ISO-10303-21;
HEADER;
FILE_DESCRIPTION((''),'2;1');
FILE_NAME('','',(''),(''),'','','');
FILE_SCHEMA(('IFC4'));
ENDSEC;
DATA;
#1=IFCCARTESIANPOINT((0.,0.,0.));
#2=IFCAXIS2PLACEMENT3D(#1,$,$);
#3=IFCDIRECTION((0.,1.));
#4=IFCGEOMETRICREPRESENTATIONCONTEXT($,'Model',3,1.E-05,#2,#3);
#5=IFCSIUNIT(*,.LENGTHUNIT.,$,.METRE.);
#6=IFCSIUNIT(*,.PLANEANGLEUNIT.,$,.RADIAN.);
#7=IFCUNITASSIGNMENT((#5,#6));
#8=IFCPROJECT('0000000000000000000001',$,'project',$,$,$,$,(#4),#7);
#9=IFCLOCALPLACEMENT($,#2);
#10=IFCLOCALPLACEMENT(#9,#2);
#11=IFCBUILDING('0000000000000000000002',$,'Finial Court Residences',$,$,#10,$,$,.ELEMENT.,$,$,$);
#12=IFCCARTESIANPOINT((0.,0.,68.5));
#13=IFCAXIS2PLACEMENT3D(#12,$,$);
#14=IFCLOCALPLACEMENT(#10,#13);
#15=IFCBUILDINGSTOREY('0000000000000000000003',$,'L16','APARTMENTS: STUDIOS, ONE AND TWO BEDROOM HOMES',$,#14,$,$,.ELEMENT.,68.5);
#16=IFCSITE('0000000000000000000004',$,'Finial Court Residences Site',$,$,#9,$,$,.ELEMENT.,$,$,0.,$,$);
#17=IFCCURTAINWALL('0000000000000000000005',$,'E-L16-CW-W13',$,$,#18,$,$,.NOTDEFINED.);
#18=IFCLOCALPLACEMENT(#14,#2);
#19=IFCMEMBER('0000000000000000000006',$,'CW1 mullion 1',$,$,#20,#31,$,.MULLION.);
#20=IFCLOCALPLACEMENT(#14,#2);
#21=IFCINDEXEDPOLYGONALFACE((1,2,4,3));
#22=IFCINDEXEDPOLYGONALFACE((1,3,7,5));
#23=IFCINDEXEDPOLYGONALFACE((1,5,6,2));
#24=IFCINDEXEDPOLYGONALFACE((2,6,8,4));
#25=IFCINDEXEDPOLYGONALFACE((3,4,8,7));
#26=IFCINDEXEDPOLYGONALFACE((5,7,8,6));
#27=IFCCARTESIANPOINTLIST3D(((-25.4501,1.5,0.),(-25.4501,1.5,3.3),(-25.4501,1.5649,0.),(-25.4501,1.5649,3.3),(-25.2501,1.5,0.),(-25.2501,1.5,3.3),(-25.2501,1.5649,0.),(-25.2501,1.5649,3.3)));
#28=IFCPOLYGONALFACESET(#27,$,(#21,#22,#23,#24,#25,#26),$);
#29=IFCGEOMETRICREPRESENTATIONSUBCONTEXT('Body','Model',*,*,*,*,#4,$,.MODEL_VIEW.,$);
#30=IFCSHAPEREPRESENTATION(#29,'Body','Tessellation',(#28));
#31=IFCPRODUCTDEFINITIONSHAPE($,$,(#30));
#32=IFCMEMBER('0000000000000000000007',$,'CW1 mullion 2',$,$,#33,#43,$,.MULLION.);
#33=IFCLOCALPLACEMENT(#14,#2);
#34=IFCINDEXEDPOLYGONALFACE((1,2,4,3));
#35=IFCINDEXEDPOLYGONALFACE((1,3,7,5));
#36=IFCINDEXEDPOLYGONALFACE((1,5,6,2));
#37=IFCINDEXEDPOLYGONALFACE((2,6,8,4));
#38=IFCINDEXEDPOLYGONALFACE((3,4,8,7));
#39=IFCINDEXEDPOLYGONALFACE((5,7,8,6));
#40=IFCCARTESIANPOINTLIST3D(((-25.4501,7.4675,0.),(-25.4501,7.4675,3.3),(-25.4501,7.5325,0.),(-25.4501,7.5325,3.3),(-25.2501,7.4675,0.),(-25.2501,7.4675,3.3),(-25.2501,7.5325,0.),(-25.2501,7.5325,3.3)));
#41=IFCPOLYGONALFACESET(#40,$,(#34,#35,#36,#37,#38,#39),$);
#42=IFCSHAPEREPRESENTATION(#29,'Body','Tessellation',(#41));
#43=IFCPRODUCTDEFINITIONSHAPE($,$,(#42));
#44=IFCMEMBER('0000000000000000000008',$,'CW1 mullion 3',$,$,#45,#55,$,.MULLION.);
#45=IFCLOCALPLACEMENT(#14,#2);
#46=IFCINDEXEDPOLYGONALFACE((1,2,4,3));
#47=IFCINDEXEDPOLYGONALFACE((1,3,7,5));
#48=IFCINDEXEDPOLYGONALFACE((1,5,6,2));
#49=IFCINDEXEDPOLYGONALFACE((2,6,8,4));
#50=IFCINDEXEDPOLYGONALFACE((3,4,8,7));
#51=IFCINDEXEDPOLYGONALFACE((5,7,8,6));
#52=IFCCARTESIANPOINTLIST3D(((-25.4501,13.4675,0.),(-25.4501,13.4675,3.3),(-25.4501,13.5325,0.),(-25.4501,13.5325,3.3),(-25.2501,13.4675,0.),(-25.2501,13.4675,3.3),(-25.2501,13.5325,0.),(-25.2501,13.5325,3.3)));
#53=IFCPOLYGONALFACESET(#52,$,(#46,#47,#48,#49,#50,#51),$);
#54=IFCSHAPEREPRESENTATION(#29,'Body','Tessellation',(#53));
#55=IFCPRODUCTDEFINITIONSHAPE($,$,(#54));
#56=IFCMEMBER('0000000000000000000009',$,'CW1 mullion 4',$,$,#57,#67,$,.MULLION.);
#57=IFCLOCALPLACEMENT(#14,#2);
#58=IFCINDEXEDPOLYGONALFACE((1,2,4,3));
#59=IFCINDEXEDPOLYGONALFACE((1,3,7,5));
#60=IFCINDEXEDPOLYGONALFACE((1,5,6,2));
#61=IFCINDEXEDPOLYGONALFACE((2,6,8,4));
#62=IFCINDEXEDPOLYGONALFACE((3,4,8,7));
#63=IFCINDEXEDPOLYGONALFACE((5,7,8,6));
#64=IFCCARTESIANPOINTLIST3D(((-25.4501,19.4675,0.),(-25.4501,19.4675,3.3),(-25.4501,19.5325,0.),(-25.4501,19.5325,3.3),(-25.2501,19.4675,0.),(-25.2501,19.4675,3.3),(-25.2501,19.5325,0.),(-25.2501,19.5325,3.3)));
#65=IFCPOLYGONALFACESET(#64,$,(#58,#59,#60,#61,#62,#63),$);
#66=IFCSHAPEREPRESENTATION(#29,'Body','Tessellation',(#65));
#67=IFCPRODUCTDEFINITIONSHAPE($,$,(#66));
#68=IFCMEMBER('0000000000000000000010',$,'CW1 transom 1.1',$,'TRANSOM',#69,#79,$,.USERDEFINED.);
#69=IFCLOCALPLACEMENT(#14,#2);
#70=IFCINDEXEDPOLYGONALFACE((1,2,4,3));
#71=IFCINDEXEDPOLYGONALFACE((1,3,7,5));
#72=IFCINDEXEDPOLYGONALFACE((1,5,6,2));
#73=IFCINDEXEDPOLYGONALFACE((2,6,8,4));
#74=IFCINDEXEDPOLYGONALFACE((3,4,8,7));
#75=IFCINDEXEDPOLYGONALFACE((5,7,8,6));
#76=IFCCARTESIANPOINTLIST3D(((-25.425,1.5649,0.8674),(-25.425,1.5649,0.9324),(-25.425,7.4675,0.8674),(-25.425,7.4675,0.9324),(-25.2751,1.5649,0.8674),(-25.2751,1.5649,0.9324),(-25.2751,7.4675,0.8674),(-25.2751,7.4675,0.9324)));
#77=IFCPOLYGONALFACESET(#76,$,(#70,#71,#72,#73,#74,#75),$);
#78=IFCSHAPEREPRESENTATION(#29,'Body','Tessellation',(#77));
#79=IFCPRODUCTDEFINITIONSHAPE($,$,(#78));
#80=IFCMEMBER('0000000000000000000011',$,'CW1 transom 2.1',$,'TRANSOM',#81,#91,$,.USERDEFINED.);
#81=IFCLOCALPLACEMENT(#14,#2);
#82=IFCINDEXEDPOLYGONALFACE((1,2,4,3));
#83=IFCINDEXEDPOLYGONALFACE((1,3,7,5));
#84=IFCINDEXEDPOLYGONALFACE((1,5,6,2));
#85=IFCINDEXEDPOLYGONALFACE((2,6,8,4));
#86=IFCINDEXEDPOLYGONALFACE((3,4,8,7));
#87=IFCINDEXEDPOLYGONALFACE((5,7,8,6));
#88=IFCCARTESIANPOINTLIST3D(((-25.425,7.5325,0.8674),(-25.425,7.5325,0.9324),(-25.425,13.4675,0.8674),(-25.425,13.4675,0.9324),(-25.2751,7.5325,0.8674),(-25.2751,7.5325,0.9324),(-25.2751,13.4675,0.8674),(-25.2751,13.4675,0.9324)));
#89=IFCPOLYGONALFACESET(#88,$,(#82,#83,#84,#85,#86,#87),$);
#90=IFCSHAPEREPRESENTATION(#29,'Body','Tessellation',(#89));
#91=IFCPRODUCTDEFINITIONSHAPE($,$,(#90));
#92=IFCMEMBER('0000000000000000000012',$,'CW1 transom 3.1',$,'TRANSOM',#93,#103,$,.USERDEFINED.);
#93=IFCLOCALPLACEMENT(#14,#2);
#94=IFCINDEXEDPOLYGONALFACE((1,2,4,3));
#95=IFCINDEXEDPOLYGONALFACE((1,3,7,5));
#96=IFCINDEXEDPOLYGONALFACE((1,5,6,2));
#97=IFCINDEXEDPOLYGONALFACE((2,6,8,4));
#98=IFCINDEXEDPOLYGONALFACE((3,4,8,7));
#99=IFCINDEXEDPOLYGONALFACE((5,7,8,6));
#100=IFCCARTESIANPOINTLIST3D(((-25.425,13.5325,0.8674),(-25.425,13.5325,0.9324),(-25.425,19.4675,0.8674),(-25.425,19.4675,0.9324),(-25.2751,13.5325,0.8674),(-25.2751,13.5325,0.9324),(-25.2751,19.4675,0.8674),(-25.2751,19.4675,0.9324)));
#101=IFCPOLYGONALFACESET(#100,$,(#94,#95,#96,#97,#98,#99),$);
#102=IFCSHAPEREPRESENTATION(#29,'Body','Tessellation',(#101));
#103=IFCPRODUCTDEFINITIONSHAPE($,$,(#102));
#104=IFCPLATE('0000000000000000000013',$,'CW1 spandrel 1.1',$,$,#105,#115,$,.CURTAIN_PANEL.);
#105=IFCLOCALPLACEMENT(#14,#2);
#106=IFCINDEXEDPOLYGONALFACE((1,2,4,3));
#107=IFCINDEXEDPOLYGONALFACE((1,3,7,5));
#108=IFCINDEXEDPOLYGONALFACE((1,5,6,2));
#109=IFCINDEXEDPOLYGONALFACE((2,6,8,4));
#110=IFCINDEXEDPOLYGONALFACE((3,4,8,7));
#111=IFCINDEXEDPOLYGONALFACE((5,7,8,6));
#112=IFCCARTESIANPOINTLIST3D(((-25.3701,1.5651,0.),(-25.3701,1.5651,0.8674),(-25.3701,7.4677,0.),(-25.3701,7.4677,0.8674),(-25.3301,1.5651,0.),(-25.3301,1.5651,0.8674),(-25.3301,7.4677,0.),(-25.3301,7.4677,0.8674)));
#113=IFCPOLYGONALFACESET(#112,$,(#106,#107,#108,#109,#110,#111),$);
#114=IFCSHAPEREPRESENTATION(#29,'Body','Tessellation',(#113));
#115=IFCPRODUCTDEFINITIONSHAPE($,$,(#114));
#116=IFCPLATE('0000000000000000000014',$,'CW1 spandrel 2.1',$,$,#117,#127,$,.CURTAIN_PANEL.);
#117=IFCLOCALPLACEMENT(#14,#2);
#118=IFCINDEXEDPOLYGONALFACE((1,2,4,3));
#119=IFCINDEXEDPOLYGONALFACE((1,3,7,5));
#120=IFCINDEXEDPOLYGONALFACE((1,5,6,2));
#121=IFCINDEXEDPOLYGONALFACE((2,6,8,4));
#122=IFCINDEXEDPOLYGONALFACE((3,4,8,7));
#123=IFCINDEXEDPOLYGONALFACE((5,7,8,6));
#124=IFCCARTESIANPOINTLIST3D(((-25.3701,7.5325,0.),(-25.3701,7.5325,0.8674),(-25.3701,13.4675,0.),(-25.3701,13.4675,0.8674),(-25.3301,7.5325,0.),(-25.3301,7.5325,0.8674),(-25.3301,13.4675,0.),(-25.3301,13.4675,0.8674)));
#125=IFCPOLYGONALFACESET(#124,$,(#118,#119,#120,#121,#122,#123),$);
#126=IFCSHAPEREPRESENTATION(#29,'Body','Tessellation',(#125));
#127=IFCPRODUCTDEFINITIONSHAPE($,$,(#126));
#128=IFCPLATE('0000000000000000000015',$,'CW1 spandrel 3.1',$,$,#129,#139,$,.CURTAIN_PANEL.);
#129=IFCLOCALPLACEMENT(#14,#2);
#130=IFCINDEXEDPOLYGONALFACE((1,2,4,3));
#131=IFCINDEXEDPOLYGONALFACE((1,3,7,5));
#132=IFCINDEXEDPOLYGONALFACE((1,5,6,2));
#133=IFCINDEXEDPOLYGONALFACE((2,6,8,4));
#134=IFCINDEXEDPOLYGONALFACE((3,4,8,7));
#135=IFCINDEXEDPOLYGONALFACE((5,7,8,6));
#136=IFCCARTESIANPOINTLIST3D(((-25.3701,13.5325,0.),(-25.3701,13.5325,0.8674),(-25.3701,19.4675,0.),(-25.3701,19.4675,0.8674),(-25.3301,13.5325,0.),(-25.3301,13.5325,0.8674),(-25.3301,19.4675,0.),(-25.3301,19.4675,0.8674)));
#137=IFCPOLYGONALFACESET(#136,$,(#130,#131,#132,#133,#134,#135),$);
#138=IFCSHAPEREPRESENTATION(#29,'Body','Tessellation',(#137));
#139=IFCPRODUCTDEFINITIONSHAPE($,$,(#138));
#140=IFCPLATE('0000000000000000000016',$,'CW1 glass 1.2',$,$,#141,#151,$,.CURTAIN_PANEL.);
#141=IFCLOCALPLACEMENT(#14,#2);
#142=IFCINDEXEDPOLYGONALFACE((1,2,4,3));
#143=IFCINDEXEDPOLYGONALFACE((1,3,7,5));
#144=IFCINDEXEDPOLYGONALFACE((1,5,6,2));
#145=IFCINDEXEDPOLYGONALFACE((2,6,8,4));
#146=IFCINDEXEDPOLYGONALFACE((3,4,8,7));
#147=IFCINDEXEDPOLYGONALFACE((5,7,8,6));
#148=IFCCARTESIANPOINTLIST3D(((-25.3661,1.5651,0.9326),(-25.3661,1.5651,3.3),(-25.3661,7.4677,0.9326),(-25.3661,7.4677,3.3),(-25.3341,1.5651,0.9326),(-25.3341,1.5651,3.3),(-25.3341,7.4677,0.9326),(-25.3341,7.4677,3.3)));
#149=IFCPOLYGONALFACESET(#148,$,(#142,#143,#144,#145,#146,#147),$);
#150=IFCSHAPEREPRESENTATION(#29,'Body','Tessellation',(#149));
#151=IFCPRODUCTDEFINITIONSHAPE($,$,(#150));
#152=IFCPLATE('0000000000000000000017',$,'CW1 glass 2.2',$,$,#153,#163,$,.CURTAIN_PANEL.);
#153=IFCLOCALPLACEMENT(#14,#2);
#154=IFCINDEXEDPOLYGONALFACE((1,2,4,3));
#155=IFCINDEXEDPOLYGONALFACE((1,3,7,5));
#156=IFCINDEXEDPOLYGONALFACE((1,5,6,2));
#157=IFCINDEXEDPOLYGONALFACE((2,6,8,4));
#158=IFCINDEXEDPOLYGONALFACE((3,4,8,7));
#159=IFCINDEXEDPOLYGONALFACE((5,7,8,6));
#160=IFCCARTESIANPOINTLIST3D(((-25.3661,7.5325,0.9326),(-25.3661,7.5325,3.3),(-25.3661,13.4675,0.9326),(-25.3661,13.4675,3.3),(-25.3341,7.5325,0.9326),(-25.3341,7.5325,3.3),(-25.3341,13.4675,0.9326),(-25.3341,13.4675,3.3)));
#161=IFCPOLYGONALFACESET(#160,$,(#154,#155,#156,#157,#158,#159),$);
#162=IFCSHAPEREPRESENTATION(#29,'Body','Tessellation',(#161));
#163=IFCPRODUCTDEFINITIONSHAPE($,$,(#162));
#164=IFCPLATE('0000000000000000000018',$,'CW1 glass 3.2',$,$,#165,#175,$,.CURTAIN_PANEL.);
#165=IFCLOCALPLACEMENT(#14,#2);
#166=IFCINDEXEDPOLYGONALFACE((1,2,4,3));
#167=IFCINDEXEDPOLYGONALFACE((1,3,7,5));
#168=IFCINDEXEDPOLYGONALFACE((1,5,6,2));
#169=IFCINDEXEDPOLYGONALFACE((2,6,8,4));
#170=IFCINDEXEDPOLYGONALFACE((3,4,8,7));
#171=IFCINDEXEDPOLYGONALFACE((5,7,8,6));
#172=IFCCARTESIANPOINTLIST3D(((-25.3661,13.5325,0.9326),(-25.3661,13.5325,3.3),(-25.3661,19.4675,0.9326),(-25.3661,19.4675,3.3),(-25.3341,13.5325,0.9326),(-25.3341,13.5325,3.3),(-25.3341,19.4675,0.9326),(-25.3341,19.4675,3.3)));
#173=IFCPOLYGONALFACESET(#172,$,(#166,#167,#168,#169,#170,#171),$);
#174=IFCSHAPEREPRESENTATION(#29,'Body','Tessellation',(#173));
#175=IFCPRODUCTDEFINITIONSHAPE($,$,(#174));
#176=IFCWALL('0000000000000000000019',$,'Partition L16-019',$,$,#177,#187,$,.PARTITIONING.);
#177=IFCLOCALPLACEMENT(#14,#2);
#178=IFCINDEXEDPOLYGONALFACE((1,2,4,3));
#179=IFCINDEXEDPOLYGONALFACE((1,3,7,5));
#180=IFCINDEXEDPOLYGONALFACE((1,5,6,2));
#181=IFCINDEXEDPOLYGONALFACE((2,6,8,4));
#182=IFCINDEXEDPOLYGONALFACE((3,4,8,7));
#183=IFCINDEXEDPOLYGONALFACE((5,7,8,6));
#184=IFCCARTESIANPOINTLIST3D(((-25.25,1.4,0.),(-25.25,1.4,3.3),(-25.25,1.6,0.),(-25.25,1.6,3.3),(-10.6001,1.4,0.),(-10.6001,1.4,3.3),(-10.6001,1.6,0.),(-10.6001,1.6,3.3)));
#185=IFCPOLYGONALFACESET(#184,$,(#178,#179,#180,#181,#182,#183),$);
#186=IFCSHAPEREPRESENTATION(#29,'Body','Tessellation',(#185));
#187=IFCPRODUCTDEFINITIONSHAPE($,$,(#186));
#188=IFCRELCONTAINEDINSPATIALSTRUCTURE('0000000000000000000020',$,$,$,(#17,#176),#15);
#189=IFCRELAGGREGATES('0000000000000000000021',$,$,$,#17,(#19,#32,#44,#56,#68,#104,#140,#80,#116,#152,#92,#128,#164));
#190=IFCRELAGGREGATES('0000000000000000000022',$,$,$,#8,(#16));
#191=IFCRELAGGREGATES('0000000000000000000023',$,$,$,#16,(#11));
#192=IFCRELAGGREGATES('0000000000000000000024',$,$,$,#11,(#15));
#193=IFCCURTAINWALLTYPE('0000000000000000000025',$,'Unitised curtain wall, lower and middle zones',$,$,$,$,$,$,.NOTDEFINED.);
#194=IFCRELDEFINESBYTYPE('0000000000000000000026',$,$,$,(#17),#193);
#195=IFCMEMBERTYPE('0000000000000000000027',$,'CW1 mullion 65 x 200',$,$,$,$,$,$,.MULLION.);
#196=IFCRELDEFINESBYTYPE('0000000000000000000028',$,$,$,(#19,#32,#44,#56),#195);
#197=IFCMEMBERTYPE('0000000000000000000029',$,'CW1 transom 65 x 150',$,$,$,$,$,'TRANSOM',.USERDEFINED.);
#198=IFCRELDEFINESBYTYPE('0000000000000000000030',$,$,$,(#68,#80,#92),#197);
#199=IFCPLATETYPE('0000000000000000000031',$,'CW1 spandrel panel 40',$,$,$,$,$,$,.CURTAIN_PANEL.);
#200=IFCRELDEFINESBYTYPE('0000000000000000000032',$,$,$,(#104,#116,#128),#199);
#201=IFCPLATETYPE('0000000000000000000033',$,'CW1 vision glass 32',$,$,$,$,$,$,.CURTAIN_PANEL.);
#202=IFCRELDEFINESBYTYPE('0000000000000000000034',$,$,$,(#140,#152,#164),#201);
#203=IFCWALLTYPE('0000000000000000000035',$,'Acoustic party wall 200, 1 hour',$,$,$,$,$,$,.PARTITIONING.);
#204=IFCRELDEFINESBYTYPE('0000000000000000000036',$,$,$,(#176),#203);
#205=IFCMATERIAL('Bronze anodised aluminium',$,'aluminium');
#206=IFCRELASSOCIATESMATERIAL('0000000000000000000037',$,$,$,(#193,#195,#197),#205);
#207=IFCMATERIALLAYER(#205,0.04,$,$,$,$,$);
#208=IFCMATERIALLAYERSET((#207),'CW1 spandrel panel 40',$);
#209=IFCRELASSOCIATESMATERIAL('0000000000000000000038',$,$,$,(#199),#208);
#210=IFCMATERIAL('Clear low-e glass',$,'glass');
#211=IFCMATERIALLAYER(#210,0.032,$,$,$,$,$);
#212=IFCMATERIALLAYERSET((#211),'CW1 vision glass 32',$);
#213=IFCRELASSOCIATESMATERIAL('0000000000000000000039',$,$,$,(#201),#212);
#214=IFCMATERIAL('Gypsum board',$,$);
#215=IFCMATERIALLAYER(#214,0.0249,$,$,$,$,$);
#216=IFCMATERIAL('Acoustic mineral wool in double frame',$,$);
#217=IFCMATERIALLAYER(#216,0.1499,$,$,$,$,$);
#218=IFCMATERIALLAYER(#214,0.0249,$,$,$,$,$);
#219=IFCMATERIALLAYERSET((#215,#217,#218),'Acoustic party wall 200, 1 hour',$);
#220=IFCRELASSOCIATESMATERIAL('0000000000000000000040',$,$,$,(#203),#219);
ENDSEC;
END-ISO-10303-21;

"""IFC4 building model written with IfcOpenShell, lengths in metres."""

from ifc_helpers import new_model, si_unit, direction, frame, frame_2d, origin, origin_2d, place, context, subcontext, project, spatial, rectangle, extrude, material, layer, layer_set, material_profile, profile_set, type_object, element, aggregate, save


model = new_model("IFC4")

# Units and contexts
model_context = context("Model", 3, precision=1e-05, world=origin(), true_north=direction((0.0, 1.0)))
body_context = subcontext(model_context, "Body", "Model", "MODEL_VIEW")
ifc_project = project(units=[si_unit("LENGTHUNIT", "METRE"), si_unit("PLANEANGLEUNIT", "RADIAN")], contexts=[model_context])

# Site, building, storey
site_placement = place(None, origin())
site = spatial("IfcSite", under=ifc_project, at=site_placement, Name="Finial Court Residences Site", CompositionType="ELEMENT", RefElevation=0.0)
building_placement = place(site_placement, origin())
building = spatial("IfcBuilding", under=site, at=building_placement, Name="Finial Court Residences", CompositionType="ELEMENT")
storey_placement = place(building_placement, frame((0.0, 0.0, 68.5)))
storey = spatial("IfcBuildingStorey", under=building, at=storey_placement, Name="L16", Description="APARTMENTS: STUDIOS, ONE AND TWO BEDROOM HOMES", CompositionType="ELEMENT", Elevation=68.5)

# Curtain wall, members, plates
ifc_material_1 = material(Name="Bronze anodised aluminium", Category="aluminium")
curtain_wall_type = type_object("IfcCurtainWallType", Name="Unitised curtain wall, lower and middle zones", PredefinedType="NOTDEFINED", material=ifc_material_1)
curtain_wall_placement = place(storey_placement, origin())
curtain_wall = element("IfcCurtainWall", 1, at=curtain_wall_placement, inside=storey, type_object=curtain_wall_type, Name="E-L16-CW-W13", PredefinedType="NOTDEFINED")
ifc_material_profile_1 = material_profile(ifc_material_1, rectangle(XDim=0.2, YDim=0.0649, at=origin_2d()), Name="CW1 mullion 65 x 200")
ifc_profile_set_1 = profile_set([ifc_material_profile_1], Name="Bronze anodised aluminium")
member_type_1 = type_object("IfcMemberType", Name="CW1 mullion 65 x 200", PredefinedType="MULLION", material=ifc_profile_set_1)
member_1_placement = place(storey_placement, frame((-25.3501, 1.5325, 0.0), z_axis=(0.0, 0.0, 1.0), x_axis=(-1.0, 0.0, 0.0)))
member_1 = element("IfcMember", 2, at=member_1_placement, type_object=member_type_1, Name="CW1 mullion 1", PredefinedType="MULLION", context=body_context, shape_type="SweptSolid", body=[
    extrude(rectangle(XDim=0.2, YDim=0.0649, at=origin_2d()), origin(), (0.0, 0.0, 1.0), 3.3),
])
member_2_placement = place(storey_placement, frame((-25.3501, 7.5, 0.0), z_axis=(0.0, 0.0, 1.0), x_axis=(-1.0, 0.0, 0.0)))
member_2 = element("IfcMember", 3, at=member_2_placement, type_object=member_type_1, Name="CW1 mullion 2", PredefinedType="MULLION", context=body_context, shape_type="SweptSolid", body=[
    extrude(rectangle(XDim=0.2, YDim=0.0649, at=origin_2d()), origin(), (0.0, 0.0, 1.0), 3.3),
])
member_3_placement = place(storey_placement, frame((-25.3501, 13.5, 0.0), z_axis=(0.0, 0.0, 1.0), x_axis=(-1.0, 0.0, 0.0)))
member_3 = element("IfcMember", 4, at=member_3_placement, type_object=member_type_1, Name="CW1 mullion 3", PredefinedType="MULLION", context=body_context, shape_type="SweptSolid", body=[
    extrude(rectangle(XDim=0.2, YDim=0.0649, at=origin_2d()), origin(), (0.0, 0.0, 1.0), 3.3),
])
member_4_placement = place(storey_placement, frame((-25.3501, 19.5, 0.0), z_axis=(0.0, 0.0, 1.0), x_axis=(-1.0, 0.0, 0.0)))
member_4 = element("IfcMember", 5, at=member_4_placement, type_object=member_type_1, Name="CW1 mullion 4", PredefinedType="MULLION", context=body_context, shape_type="SweptSolid", body=[
    extrude(rectangle(XDim=0.2, YDim=0.0649, at=origin_2d()), origin(), (0.0, 0.0, 1.0), 3.3),
])
ifc_material_profile_2 = material_profile(ifc_material_1, rectangle(XDim=0.1499, YDim=0.0649, at=origin_2d()), Name="CW1 transom 65 x 150")
ifc_profile_set_2 = profile_set([ifc_material_profile_2], Name="Bronze anodised aluminium")
member_type_2 = type_object("IfcMemberType", Name="CW1 transom 65 x 150", ElementType="TRANSOM", PredefinedType="USERDEFINED", material=ifc_profile_set_2)
member_5_placement = place(storey_placement, frame((-25.3501, 1.5649, 0.8999), z_axis=(0.0, 1.0, 0.0), x_axis=(-1.0, 0.0, 0.0)))
member_5 = element("IfcMember", 6, at=member_5_placement, type_object=member_type_2, Name="CW1 transom 1.1", ObjectType="TRANSOM", PredefinedType="USERDEFINED", context=body_context, shape_type="SweptSolid", body=[
    extrude(rectangle(XDim=0.1499, YDim=0.0649, at=origin_2d()), origin(), (0.0, 0.0, 1.0), 5.9026),
])
member_6_placement = place(storey_placement, frame((-25.3501, 7.5325, 0.8999), z_axis=(0.0, 1.0, 0.0), x_axis=(-1.0, 0.0, 0.0)))
member_6 = element("IfcMember", 7, at=member_6_placement, type_object=member_type_2, Name="CW1 transom 2.1", ObjectType="TRANSOM", PredefinedType="USERDEFINED", context=body_context, shape_type="SweptSolid", body=[
    extrude(rectangle(XDim=0.1499, YDim=0.0649, at=origin_2d()), origin(), (0.0, 0.0, 1.0), 5.9351),
])
member_7_placement = place(storey_placement, frame((-25.3501, 13.5325, 0.8999), z_axis=(0.0, 1.0, 0.0), x_axis=(-1.0, 0.0, 0.0)))
member_7 = element("IfcMember", 8, at=member_7_placement, type_object=member_type_2, Name="CW1 transom 3.1", ObjectType="TRANSOM", PredefinedType="USERDEFINED", context=body_context, shape_type="SweptSolid", body=[
    extrude(rectangle(XDim=0.1499, YDim=0.0649, at=origin_2d()), origin(), (0.0, 0.0, 1.0), 5.9351),
])
ifc_layer_1 = layer(ifc_material_1, 0.04)
ifc_layer_set_1 = layer_set([ifc_layer_1], Name="CW1 spandrel panel 40")
plate_type_1 = type_object("IfcPlateType", Name="CW1 spandrel panel 40", PredefinedType="CURTAIN_PANEL", material=ifc_layer_set_1)
plate_1_placement = place(storey_placement, frame((-25.3501, 4.5164, 0.0), z_axis=(0.0, 0.0, 1.0), x_axis=(0.0, 1.0, 0.0)))
plate_1 = element("IfcPlate", 9, at=plate_1_placement, type_object=plate_type_1, Name="CW1 spandrel 1.1", PredefinedType="CURTAIN_PANEL", context=body_context, shape_type="SweptSolid", body=[
    extrude(rectangle(XDim=5.9026, YDim=0.04, at=origin_2d()), origin(), (0.0, 0.0, 1.0), 0.8674),
])
plate_2_placement = place(storey_placement, frame((-25.3501, 10.5, 0.0), z_axis=(0.0, 0.0, 1.0), x_axis=(0.0, 1.0, 0.0)))
plate_2 = element("IfcPlate", 10, at=plate_2_placement, type_object=plate_type_1, Name="CW1 spandrel 2.1", PredefinedType="CURTAIN_PANEL", context=body_context, shape_type="SweptSolid", body=[
    extrude(rectangle(XDim=5.9351, YDim=0.04, at=origin_2d()), origin(), (0.0, 0.0, 1.0), 0.8674),
])
plate_3_placement = place(storey_placement, frame((-25.3501, 16.5, 0.0), z_axis=(0.0, 0.0, 1.0), x_axis=(0.0, 1.0, 0.0)))
plate_3 = element("IfcPlate", 11, at=plate_3_placement, type_object=plate_type_1, Name="CW1 spandrel 3.1", PredefinedType="CURTAIN_PANEL", context=body_context, shape_type="SweptSolid", body=[
    extrude(rectangle(XDim=5.9351, YDim=0.04, at=origin_2d()), origin(), (0.0, 0.0, 1.0), 0.8674),
])
ifc_material_2 = material(Name="Clear low-e glass", Category="glass")
ifc_layer_2 = layer(ifc_material_2, 0.032)
ifc_layer_set_2 = layer_set([ifc_layer_2], Name="CW1 vision glass 32")
plate_type_2 = type_object("IfcPlateType", Name="CW1 vision glass 32", PredefinedType="CURTAIN_PANEL", material=ifc_layer_set_2)
plate_4_placement = place(storey_placement, frame((-25.3501, 4.5164, 0.9326), z_axis=(0.0, 0.0, 1.0), x_axis=(0.0, 1.0, 0.0)))
plate_4 = element("IfcPlate", 12, at=plate_4_placement, type_object=plate_type_2, Name="CW1 glass 1.2", PredefinedType="CURTAIN_PANEL", context=body_context, shape_type="SweptSolid", body=[
    extrude(rectangle(XDim=5.9026, YDim=0.032, at=origin_2d()), origin(), (0.0, 0.0, 1.0), 2.3674),
])
plate_5_placement = place(storey_placement, frame((-25.3501, 10.5, 0.9326), z_axis=(0.0, 0.0, 1.0), x_axis=(0.0, 1.0, 0.0)))
plate_5 = element("IfcPlate", 13, at=plate_5_placement, type_object=plate_type_2, Name="CW1 glass 2.2", PredefinedType="CURTAIN_PANEL", context=body_context, shape_type="SweptSolid", body=[
    extrude(rectangle(XDim=5.9351, YDim=0.032, at=origin_2d()), origin(), (0.0, 0.0, 1.0), 2.3674),
])
plate_6_placement = place(storey_placement, frame((-25.3501, 16.5, 0.9326), z_axis=(0.0, 0.0, 1.0), x_axis=(0.0, 1.0, 0.0)))
plate_6 = element("IfcPlate", 14, at=plate_6_placement, type_object=plate_type_2, Name="CW1 glass 3.2", PredefinedType="CURTAIN_PANEL", context=body_context, shape_type="SweptSolid", body=[
    extrude(rectangle(XDim=5.9351, YDim=0.032, at=origin_2d()), origin(), (0.0, 0.0, 1.0), 2.3674),
])
aggregate(curtain_wall, [member_1, member_2, member_3, member_4, member_5, plate_1, plate_4, member_6, plate_2, plate_5, member_7, plate_3, plate_6])

# Wall
ifc_material_3 = material(Name="Gypsum board")
ifc_layer_3 = layer(ifc_material_3, 0.0249)
ifc_material_4 = material(Name="Acoustic mineral wool in double frame")
ifc_layer_4 = layer(ifc_material_4, 0.1499)
ifc_layer_5 = layer(ifc_material_3, 0.0249)
ifc_layer_set_3 = layer_set([ifc_layer_3, ifc_layer_4, ifc_layer_5], Name="Acoustic party wall 200, 1 hour")
wall_type_1 = type_object("IfcWallType", Name="Acoustic party wall 200, 1 hour", PredefinedType="PARTITIONING", material=ifc_layer_set_3)
for number, where, z_axis, x_axis, name in (
    (15, (-25.25, 1.5, 0.0), (0.0, 0.0, 1.0), (1.0, 0.0, 0.0), "Partition L16-019"),
):
    element("IfcWall", number, at=place(storey_placement, frame(where, z_axis=z_axis, x_axis=x_axis)), inside=storey, type_object=wall_type_1, Name=name, PredefinedType="PARTITIONING", context=body_context, shape_type="SweptSolid", body=[
        extrude(rectangle(XDim=14.6499, YDim=0.2, at=frame_2d((7.325, 0.0))), origin(), (0.0, 0.0, 1.0), 3.3),
    ])

save(model, "model.ifc")
